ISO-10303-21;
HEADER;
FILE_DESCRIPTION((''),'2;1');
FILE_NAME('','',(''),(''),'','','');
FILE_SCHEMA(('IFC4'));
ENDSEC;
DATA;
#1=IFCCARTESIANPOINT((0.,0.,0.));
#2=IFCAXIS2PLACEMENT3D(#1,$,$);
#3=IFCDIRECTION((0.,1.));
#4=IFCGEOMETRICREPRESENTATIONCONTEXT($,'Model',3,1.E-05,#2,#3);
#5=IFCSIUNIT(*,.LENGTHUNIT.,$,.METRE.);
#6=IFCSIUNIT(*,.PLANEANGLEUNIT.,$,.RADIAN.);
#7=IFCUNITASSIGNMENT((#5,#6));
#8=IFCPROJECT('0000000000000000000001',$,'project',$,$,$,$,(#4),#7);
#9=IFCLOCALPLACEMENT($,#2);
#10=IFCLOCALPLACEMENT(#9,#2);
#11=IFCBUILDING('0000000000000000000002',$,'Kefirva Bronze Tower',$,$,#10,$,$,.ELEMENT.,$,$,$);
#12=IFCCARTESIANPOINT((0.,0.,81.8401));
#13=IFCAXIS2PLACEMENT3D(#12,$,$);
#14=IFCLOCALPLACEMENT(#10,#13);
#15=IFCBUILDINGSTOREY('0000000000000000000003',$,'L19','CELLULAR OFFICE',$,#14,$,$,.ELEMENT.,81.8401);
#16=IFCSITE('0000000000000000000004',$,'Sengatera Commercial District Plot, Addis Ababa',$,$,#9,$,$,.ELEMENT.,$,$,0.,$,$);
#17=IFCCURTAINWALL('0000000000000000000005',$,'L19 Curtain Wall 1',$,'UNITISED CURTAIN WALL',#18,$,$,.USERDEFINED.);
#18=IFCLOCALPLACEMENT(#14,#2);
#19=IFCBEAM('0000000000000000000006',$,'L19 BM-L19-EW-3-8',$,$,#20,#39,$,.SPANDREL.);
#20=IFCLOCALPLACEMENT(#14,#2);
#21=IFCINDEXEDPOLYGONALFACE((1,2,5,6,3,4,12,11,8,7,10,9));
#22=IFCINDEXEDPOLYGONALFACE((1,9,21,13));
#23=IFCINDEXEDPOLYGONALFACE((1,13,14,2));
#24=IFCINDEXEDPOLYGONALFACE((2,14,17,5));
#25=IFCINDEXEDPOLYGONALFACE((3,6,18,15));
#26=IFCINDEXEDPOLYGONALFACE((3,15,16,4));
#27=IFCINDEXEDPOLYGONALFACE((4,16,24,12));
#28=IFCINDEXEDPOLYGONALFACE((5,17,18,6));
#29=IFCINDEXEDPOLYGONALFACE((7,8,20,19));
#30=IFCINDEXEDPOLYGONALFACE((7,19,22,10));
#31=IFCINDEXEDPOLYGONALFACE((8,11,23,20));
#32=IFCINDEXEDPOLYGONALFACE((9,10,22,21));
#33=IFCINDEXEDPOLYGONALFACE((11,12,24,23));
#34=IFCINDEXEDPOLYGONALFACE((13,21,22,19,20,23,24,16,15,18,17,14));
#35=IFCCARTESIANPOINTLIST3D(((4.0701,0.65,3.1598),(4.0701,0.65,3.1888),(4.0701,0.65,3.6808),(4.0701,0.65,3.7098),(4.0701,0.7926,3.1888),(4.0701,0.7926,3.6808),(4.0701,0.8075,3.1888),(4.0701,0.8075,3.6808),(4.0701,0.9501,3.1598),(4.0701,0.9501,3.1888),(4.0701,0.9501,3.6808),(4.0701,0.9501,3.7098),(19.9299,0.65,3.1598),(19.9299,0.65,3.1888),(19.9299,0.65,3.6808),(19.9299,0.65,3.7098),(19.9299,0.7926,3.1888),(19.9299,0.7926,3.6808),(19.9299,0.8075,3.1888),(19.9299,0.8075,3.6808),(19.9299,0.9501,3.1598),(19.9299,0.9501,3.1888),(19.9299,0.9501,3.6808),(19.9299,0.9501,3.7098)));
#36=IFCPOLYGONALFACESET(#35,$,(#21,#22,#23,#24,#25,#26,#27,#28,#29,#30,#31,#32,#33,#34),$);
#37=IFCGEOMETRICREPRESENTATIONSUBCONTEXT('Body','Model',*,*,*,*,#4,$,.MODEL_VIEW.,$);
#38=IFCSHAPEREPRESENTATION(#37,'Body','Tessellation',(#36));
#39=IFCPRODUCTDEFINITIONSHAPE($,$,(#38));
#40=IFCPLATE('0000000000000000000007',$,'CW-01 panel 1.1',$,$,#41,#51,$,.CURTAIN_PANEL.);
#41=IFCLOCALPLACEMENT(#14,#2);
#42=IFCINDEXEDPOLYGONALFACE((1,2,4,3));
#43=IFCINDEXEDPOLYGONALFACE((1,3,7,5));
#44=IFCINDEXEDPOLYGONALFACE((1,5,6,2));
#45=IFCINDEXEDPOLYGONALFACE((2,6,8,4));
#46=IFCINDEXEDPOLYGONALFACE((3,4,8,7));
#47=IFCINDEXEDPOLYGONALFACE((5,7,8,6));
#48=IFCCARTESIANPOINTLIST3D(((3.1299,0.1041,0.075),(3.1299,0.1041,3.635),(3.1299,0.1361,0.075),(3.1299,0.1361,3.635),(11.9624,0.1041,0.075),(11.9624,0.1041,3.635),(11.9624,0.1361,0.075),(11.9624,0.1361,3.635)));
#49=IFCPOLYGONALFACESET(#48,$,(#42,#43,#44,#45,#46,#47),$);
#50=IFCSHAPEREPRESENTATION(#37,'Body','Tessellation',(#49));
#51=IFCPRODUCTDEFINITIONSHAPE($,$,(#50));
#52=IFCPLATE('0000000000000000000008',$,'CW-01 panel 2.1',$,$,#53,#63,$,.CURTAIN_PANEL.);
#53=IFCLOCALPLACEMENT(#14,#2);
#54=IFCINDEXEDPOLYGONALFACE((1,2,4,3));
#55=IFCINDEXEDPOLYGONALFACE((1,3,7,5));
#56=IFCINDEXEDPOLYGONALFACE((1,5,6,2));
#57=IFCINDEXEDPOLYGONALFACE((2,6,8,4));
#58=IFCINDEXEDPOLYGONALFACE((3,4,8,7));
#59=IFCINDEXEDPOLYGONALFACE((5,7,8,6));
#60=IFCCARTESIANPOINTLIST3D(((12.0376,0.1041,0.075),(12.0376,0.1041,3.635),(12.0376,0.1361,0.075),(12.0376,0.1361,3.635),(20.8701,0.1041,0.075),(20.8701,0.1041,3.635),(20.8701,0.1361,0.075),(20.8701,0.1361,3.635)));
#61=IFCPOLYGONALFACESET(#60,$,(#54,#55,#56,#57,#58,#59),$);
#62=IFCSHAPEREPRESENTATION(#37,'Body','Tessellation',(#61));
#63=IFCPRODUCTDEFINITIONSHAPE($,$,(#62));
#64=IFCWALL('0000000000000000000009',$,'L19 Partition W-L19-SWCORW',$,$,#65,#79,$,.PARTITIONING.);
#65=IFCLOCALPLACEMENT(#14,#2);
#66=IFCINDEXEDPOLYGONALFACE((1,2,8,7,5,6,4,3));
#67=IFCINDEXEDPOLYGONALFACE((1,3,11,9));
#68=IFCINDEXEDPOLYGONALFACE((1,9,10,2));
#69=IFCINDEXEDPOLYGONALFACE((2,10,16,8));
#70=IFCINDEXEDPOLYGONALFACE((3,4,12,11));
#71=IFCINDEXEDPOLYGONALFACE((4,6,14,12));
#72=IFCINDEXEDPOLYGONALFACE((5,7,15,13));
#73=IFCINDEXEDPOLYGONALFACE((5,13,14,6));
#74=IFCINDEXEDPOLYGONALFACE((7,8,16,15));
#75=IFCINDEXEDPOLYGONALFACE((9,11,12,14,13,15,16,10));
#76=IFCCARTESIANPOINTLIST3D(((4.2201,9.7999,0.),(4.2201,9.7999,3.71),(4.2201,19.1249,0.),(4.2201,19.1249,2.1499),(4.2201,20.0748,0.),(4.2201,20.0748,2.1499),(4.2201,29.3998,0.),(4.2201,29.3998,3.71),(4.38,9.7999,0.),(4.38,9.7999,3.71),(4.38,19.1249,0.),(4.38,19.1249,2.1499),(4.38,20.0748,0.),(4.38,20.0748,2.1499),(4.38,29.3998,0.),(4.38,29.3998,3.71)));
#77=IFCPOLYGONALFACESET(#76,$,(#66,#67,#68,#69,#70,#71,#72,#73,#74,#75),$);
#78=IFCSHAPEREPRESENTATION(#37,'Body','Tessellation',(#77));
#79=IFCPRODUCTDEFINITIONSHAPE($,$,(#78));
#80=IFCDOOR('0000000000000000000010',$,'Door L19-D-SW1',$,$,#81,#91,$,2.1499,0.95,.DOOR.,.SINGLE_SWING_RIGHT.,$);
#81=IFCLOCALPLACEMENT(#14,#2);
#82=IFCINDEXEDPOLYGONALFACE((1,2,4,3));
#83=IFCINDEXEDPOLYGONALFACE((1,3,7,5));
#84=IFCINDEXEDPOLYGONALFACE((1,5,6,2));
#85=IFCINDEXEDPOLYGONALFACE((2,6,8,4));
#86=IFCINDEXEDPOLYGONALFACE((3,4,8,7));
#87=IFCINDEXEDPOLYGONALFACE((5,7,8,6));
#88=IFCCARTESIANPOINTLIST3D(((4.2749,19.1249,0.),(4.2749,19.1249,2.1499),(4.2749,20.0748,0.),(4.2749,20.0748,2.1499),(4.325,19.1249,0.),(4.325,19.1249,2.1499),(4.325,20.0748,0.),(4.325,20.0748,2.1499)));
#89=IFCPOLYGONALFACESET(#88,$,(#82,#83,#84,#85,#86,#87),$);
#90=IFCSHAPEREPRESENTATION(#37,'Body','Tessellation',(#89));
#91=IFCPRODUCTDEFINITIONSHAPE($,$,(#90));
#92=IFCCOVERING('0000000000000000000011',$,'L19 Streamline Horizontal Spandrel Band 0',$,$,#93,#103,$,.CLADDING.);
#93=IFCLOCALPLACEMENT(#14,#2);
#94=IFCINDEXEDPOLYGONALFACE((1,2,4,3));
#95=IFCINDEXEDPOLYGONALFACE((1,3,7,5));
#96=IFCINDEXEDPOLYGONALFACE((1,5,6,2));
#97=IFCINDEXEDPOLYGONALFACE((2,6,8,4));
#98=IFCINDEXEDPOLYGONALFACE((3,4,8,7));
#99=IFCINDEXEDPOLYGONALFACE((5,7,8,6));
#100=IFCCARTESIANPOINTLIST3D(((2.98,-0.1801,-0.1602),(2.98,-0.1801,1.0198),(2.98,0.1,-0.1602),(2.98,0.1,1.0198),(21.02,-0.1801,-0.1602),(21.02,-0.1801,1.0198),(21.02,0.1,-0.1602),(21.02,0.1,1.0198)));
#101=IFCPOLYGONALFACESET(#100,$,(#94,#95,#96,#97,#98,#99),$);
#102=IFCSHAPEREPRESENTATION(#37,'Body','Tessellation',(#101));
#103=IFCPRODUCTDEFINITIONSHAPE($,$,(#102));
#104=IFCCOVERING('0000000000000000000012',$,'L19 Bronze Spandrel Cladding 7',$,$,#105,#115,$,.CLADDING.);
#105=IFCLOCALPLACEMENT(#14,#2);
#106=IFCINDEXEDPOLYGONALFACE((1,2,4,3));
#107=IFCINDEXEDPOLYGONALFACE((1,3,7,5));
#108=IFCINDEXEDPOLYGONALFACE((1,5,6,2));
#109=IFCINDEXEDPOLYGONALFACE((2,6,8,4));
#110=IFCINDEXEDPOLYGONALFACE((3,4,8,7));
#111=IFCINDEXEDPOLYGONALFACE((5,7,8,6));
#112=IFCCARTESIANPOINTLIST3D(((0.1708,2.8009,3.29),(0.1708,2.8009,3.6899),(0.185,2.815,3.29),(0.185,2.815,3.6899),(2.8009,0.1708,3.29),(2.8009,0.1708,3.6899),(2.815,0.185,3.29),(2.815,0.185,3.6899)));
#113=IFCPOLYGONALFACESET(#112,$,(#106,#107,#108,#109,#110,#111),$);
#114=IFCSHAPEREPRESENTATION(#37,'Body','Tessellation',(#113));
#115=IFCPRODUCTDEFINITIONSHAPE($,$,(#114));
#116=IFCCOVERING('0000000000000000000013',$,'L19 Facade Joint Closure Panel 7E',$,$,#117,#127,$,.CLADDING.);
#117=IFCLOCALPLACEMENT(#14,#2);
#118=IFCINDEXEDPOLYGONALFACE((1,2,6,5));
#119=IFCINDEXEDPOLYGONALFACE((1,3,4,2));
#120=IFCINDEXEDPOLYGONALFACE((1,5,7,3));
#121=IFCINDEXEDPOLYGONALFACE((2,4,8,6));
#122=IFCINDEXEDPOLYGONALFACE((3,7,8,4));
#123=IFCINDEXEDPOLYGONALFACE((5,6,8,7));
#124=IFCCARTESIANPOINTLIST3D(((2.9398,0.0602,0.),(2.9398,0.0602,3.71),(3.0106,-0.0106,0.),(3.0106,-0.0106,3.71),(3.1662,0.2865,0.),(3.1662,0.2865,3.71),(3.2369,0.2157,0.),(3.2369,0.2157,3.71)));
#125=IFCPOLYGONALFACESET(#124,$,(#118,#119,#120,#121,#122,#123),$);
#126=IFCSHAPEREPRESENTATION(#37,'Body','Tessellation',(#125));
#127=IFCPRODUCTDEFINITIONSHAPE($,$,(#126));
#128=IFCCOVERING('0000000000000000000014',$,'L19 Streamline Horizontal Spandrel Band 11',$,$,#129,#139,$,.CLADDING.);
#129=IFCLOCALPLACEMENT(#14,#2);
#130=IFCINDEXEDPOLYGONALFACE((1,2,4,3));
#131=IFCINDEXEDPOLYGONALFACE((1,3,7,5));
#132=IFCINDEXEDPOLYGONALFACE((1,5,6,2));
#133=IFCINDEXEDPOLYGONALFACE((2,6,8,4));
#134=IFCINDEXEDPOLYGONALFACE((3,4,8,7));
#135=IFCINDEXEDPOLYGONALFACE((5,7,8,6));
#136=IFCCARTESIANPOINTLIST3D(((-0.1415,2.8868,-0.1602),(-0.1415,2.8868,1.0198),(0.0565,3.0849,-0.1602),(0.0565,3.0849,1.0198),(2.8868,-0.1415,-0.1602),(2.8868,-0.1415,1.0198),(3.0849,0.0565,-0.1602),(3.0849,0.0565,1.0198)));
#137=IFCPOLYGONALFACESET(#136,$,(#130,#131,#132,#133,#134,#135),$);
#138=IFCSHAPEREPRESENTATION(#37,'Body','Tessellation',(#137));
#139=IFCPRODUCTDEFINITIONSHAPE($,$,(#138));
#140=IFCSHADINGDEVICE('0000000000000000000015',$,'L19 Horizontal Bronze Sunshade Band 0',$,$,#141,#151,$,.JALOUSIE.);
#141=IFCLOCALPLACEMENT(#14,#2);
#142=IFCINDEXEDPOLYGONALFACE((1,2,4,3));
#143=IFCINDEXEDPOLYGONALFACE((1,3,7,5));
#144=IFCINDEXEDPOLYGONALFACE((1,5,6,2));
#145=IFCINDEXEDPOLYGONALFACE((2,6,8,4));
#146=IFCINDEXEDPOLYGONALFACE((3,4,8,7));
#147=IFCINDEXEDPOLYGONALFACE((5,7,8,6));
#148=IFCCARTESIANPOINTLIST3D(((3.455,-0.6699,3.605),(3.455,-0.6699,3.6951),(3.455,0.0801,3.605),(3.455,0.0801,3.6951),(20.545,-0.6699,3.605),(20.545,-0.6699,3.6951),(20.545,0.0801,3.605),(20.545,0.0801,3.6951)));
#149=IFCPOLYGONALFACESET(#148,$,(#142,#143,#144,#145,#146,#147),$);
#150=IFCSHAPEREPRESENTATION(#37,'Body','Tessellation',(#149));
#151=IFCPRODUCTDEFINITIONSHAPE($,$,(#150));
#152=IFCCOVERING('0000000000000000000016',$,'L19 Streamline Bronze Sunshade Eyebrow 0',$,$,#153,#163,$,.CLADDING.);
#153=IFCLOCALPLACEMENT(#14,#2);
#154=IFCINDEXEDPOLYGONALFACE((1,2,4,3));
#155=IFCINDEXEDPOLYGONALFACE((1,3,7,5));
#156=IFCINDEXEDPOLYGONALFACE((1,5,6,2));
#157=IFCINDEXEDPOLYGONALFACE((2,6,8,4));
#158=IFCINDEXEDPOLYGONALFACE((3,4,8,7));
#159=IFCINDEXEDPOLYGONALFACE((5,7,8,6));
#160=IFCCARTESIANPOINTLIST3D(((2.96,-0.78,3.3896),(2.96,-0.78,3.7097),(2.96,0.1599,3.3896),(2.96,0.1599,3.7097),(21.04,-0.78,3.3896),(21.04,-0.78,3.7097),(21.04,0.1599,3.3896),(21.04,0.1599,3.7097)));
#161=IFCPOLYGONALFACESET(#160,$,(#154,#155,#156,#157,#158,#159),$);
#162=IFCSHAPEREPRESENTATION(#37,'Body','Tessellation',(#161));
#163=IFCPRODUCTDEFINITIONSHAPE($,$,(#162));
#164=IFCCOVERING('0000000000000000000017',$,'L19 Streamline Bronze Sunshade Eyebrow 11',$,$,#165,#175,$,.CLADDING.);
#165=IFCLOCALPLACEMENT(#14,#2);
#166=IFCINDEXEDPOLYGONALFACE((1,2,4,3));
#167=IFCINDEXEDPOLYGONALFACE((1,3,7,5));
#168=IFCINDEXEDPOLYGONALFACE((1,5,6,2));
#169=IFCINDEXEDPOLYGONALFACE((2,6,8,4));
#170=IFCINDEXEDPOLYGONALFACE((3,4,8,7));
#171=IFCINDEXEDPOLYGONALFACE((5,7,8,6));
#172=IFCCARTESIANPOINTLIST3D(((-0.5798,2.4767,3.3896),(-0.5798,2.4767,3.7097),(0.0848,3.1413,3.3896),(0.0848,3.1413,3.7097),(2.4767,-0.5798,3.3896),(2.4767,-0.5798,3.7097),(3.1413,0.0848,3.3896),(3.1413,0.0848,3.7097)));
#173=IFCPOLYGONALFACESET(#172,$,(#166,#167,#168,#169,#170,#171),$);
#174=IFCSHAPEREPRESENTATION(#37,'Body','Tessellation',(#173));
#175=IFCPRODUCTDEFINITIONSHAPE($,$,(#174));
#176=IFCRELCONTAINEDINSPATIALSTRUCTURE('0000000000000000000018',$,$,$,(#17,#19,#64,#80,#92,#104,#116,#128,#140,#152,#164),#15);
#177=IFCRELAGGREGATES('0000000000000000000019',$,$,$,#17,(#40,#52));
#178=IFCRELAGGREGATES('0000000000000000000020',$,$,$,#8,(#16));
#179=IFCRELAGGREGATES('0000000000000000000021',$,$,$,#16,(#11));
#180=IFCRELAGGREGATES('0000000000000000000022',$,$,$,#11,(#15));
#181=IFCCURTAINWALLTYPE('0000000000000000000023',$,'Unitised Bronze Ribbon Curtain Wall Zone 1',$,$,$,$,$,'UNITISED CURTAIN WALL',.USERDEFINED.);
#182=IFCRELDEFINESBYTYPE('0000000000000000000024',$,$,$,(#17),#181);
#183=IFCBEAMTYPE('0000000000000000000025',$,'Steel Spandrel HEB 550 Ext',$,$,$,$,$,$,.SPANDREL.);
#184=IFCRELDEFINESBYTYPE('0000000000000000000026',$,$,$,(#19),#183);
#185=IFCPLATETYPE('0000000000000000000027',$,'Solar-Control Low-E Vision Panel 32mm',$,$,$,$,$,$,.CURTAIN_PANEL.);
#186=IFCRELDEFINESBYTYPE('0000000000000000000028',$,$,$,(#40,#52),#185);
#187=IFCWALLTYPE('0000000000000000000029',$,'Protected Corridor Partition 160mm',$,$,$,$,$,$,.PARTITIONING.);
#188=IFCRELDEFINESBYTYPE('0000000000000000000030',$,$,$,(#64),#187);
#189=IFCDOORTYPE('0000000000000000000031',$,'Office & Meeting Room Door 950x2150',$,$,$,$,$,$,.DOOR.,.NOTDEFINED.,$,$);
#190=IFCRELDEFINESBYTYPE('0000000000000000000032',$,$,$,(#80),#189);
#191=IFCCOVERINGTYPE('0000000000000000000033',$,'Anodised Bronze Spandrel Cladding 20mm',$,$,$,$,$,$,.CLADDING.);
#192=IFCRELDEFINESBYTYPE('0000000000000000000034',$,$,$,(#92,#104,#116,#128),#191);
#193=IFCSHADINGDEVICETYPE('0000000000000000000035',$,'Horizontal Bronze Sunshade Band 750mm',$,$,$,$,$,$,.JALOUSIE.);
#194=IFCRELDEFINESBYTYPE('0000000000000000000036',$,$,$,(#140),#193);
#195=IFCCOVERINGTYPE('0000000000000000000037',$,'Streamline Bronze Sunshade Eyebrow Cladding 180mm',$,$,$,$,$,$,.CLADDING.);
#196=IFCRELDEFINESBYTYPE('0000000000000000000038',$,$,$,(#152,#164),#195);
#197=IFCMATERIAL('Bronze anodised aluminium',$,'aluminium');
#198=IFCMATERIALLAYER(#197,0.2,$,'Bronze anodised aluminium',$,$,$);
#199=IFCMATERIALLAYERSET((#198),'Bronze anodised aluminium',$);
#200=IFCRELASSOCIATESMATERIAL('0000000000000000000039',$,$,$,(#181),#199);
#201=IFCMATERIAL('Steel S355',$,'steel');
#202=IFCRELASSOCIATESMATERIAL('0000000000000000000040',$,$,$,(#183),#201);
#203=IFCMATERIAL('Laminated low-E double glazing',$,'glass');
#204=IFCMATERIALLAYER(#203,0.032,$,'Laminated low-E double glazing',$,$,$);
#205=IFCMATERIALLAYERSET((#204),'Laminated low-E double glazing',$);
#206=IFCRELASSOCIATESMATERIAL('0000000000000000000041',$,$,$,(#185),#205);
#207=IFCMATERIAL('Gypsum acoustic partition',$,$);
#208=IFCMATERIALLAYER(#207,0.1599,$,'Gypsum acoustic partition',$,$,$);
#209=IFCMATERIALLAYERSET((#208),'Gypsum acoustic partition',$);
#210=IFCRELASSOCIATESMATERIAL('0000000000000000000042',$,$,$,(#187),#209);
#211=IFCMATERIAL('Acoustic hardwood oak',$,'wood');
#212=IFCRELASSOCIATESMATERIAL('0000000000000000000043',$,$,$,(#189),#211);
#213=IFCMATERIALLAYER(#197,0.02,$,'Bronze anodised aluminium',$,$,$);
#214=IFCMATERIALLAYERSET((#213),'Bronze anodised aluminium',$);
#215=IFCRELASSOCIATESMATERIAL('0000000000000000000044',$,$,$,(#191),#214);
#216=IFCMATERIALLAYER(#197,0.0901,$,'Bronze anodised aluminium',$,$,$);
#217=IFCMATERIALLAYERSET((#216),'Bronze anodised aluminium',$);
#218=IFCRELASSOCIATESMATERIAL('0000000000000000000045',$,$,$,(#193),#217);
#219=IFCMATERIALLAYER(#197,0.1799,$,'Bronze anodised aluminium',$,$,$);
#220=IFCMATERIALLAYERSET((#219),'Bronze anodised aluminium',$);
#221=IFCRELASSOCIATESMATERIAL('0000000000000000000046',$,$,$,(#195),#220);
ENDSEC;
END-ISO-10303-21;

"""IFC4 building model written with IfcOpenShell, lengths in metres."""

from ifc_helpers import new_model, si_unit, direction, frame, frame_2d, origin, origin_2d, place, context, subcontext, project, spatial, rectangle, i_section, extrude, material, layer, layer_set, material_profile, profile_set, type_object, element, fill, aggregate, save


model = new_model("IFC4")

# Units and contexts
model_context = context("Model", 3, precision=1e-05, world=origin(), true_north=direction((0.0, 1.0)))
body_context = subcontext(model_context, "Body", "Model", "MODEL_VIEW")
ifc_project = project(units=[si_unit("LENGTHUNIT", "METRE"), si_unit("PLANEANGLEUNIT", "RADIAN")], contexts=[model_context])

# Site, building, storey
site_placement = place(None, origin())
site = spatial("IfcSite", under=ifc_project, at=site_placement, Name="Sengatera Commercial District Plot, Addis Ababa", CompositionType="ELEMENT", RefElevation=0.0)
building_placement = place(site_placement, origin())
building = spatial("IfcBuilding", under=site, at=building_placement, Name="Kefirva Bronze Tower", CompositionType="ELEMENT")
storey_placement = place(building_placement, frame((0.0, 0.0, 81.8401)))
storey = spatial("IfcBuildingStorey", under=building, at=storey_placement, Name="L19", Description="CELLULAR OFFICE", CompositionType="ELEMENT", Elevation=81.8401)

# Curtain wall
ifc_material_1 = material(Name="Bronze anodised aluminium", Category="aluminium")
ifc_layer_1 = layer(ifc_material_1, 0.2, Name="Bronze anodised aluminium")
ifc_layer_set_1 = layer_set([ifc_layer_1], Name="Bronze anodised aluminium")
curtain_wall_type = type_object("IfcCurtainWallType", Name="Unitised Bronze Ribbon Curtain Wall Zone 1", ElementType="UNITISED CURTAIN WALL", PredefinedType="USERDEFINED", material=ifc_layer_set_1)
curtain_wall_placement = place(storey_placement, origin())
curtain_wall = element("IfcCurtainWall", 1, at=curtain_wall_placement, inside=storey, type_object=curtain_wall_type, Name="L19 Curtain Wall 1", ObjectType="UNITISED CURTAIN WALL", PredefinedType="USERDEFINED")

# Beam
ifc_material_2 = material(Name="Steel S355", Category="steel")
ifc_material_profile_1 = material_profile(ifc_material_2, i_section(OverallWidth=0.3, OverallDepth=0.55, WebThickness=0.0149, FlangeThickness=0.0291, at=origin_2d()), Name="HEB 550")
ifc_profile_set_1 = profile_set([ifc_material_profile_1], Name="Steel S355")
beam_type_1 = type_object("IfcBeamType", Name="Steel Spandrel HEB 550 Ext", PredefinedType="SPANDREL", material=ifc_profile_set_1)
beam_1_placement = place(storey_placement, frame((4.0701, 0.8, 3.4348), z_axis=(1.0, 0.0, 0.0), x_axis=(0.0, 1.0, 0.0)))
element("IfcBeam", 2, at=beam_1_placement, inside=storey, type_object=beam_type_1, Name="L19 BM-L19-EW-3-8", PredefinedType="SPANDREL", context=body_context, shape_type="SweptSolid", body=[
    extrude(i_section(OverallWidth=0.3, OverallDepth=0.55, WebThickness=0.0149, FlangeThickness=0.0291, at=origin_2d()), origin(), (0.0, 0.0, 1.0), 15.8599),
])

# Plates
ifc_material_3 = material(Name="Laminated low-E double glazing", Category="glass")
ifc_layer_2 = layer(ifc_material_3, 0.032, Name="Laminated low-E double glazing")
ifc_layer_set_2 = layer_set([ifc_layer_2], Name="Laminated low-E double glazing")
plate_type = type_object("IfcPlateType", Name="Solar-Control Low-E Vision Panel 32mm", PredefinedType="CURTAIN_PANEL", material=ifc_layer_set_2)
plate_1_placement = place(storey_placement, frame((7.5461, 0.1201, 0.075), z_axis=(0.0, 0.0, 1.0), x_axis=(1.0, 0.0, 0.0)))
plate_1 = element("IfcPlate", 3, at=plate_1_placement, type_object=plate_type, Name="CW-01 panel 1.1", PredefinedType="CURTAIN_PANEL", context=body_context, shape_type="SweptSolid", body=[
    extrude(rectangle(XDim=8.8325, YDim=0.032, at=origin_2d()), origin(), (0.0, 0.0, 1.0), 3.5601),
])
plate_2_placement = place(storey_placement, frame((16.4539, 0.1201, 0.075), z_axis=(0.0, 0.0, 1.0), x_axis=(1.0, 0.0, 0.0)))
plate_2 = element("IfcPlate", 4, at=plate_2_placement, type_object=plate_type, Name="CW-01 panel 2.1", PredefinedType="CURTAIN_PANEL", context=body_context, shape_type="SweptSolid", body=[
    extrude(rectangle(XDim=8.8325, YDim=0.032, at=origin_2d()), origin(), (0.0, 0.0, 1.0), 3.5601),
])
aggregate(curtain_wall, [plate_1, plate_2])

# Wall, opening, door
ifc_material_4 = material(Name="Gypsum acoustic partition")
ifc_layer_3 = layer(ifc_material_4, 0.1599, Name="Gypsum acoustic partition")
ifc_layer_set_3 = layer_set([ifc_layer_3], Name="Gypsum acoustic partition")
wall_type = type_object("IfcWallType", Name="Protected Corridor Partition 160mm", PredefinedType="PARTITIONING", material=ifc_layer_set_3)
wall_1_placement = place(storey_placement, frame((4.3, 9.8, 0.0), z_axis=(0.0, 0.0, 1.0), x_axis=(0.0, 1.0, 0.0)))
wall_1 = element("IfcWall", 5, at=wall_1_placement, inside=storey, type_object=wall_type, Name="L19 Partition W-L19-SWCORW", PredefinedType="PARTITIONING", context=body_context, shape_type="SweptSolid", body=[
    extrude(rectangle(XDim=19.5999, YDim=0.1599, at=frame_2d((9.7998, 0.0))), origin(), (0.0, 0.0, 1.0), 3.71),
])
opening_1_placement = place(wall_1_placement, frame((10.2749, 0.0, 0.0), z_axis=(0.0, 0.0, 1.0), x_axis=(-1.0, 0.0, 0.0)))
opening_1 = element("IfcOpeningElement", 6, at=opening_1_placement, cuts=wall_1, PredefinedType="OPENING", context=body_context, shape_type="SweptSolid", body=[
    extrude(rectangle(XDim=0.95, YDim=2.1499, at=frame_2d((0.4751, 1.075))), frame((0.0, 0.0898, 0.0), z_axis=(0.0, -1.0, 0.0), x_axis=(1.0, 0.0, 0.0)), (0.0, 0.0, 1.0), 0.1799),
])
ifc_material_5 = material(Name="Acoustic hardwood oak", Category="wood")
door_type = type_object("IfcDoorType", Name="Office & Meeting Room Door 950x2150", OperationType="NOTDEFINED", PredefinedType="DOOR", material=ifc_material_5)
door_1_placement = place(opening_1_placement, origin())
door_1 = element("IfcDoor", 7, at=door_1_placement, inside=storey, type_object=door_type, Name="Door L19-D-SW1", OperationType="SINGLE_SWING_RIGHT", OverallHeight=2.1499, OverallWidth=0.95, PredefinedType="DOOR", context=body_context, shape_type="SweptSolid", body=[
    extrude(rectangle(XDim=0.95, YDim=2.1499, at=frame_2d((0.4751, 1.075))), frame((0.0, 0.0249, 0.0), z_axis=(0.0, -1.0, 0.0), x_axis=(1.0, 0.0, 0.0)), (0.0, 0.0, 1.0), 0.05),
])
fill(opening_1, door_1)

# Coverings
ifc_layer_4 = layer(ifc_material_1, 0.02, Name="Bronze anodised aluminium")
ifc_layer_set_4 = layer_set([ifc_layer_4], Name="Bronze anodised aluminium")
covering_type_1 = type_object("IfcCoveringType", Name="Anodised Bronze Spandrel Cladding 20mm", PredefinedType="CLADDING", material=ifc_layer_set_4)
covering_1_placement = place(storey_placement, frame((12.0, -0.04, -0.1602), z_axis=(0.0, 0.0, 1.0), x_axis=(1.0, 0.0, 0.0)))
element("IfcCovering", 8, at=covering_1_placement, inside=storey, type_object=covering_type_1, Name="L19 Streamline Horizontal Spandrel Band 0", PredefinedType="CLADDING", context=body_context, shape_type="SweptSolid", body=[
    extrude(rectangle(XDim=18.04, YDim=0.28, at=origin_2d()), origin(), (0.0, 0.0, 1.0), 1.1799),
])
covering_2_placement = place(storey_placement, frame((1.4929, 1.4929, 3.29), z_axis=(0.0, 0.0, 1.0), x_axis=(0.707107, -0.707107, 0.0)))
element("IfcCovering", 9, at=covering_2_placement, inside=storey, type_object=covering_type_1, Name="L19 Bronze Spandrel Cladding 7", PredefinedType="CLADDING", context=body_context, shape_type="SweptSolid", body=[
    extrude(rectangle(XDim=3.7195, YDim=0.02, at=origin_2d()), origin(), (0.0, 0.0, 1.0), 0.3999),
])
covering_3_placement = place(storey_placement, frame((3.0884, 0.1379, 0.0), z_axis=(0.0, 0.0, 1.0), x_axis=(0.707107, -0.707107, 0.0)))
element("IfcCovering", 10, at=covering_3_placement, inside=storey, type_object=covering_type_1, Name="L19 Facade Joint Closure Panel 7E", PredefinedType="CLADDING", context=body_context, shape_type="SweptSolid", body=[
    extrude(rectangle(XDim=0.1001, YDim=0.3201, at=origin_2d()), origin(), (0.0, 0.0, 1.0), 3.71),
])
covering_4_placement = place(storey_placement, frame((1.4717, 1.4717, -0.1602), z_axis=(0.0, 0.0, 1.0), x_axis=(0.707107, -0.707107, 0.0)))
element("IfcCovering", 11, at=covering_4_placement, inside=storey, type_object=covering_type_1, Name="L19 Streamline Horizontal Spandrel Band 11", PredefinedType="CLADDING", context=body_context, shape_type="SweptSolid", body=[
    extrude(rectangle(XDim=4.2827, YDim=0.28, at=origin_2d()), origin(), (0.0, 0.0, 1.0), 1.1799),
])

# Shading device
ifc_layer_5 = layer(ifc_material_1, 0.0901, Name="Bronze anodised aluminium")
ifc_layer_set_5 = layer_set([ifc_layer_5], Name="Bronze anodised aluminium")
shading_device_type = type_object("IfcShadingDeviceType", Name="Horizontal Bronze Sunshade Band 750mm", PredefinedType="JALOUSIE", material=ifc_layer_set_5)
shading_device_placement = place(storey_placement, frame((12.0, -0.2949, 3.605), z_axis=(0.0, 0.0, 1.0), x_axis=(1.0, 0.0, 0.0)))
element("IfcShadingDevice", 12, at=shading_device_placement, inside=storey, type_object=shading_device_type, Name="L19 Horizontal Bronze Sunshade Band 0", PredefinedType="JALOUSIE", context=body_context, shape_type="SweptSolid", body=[
    extrude(rectangle(XDim=17.0901, YDim=0.75, at=origin_2d()), origin(), (0.0, 0.0, 1.0), 0.0901),
])

# Coverings
ifc_layer_6 = layer(ifc_material_1, 0.1799, Name="Bronze anodised aluminium")
ifc_layer_set_6 = layer_set([ifc_layer_6], Name="Bronze anodised aluminium")
covering_type_2 = type_object("IfcCoveringType", Name="Streamline Bronze Sunshade Eyebrow Cladding 180mm", PredefinedType="CLADDING", material=ifc_layer_set_6)
covering_5_placement = place(storey_placement, frame((12.0, -0.3101, 3.3896), z_axis=(0.0, 0.0, 1.0), x_axis=(1.0, 0.0, 0.0)))
element("IfcCovering", 13, at=covering_5_placement, inside=storey, type_object=covering_type_2, Name="L19 Streamline Bronze Sunshade Eyebrow 0", PredefinedType="CLADDING", context=body_context, shape_type="SweptSolid", body=[
    extrude(rectangle(XDim=18.0801, YDim=0.9399, at=origin_2d()), origin(), (0.0, 0.0, 1.0), 0.3201),
])
covering_6_placement = place(storey_placement, frame((1.2808, 1.2808, 3.3896), z_axis=(0.0, 0.0, 1.0), x_axis=(0.707107, -0.707107, 0.0)))
element("IfcCovering", 14, at=covering_6_placement, inside=storey, type_object=covering_type_2, Name="L19 Streamline Bronze Sunshade Eyebrow 11", PredefinedType="CLADDING", context=body_context, shape_type="SweptSolid", body=[
    extrude(rectangle(XDim=4.3225, YDim=0.9399, at=origin_2d()), origin(), (0.0, 0.0, 1.0), 0.3201),
])

save(model, "model.ifc")
